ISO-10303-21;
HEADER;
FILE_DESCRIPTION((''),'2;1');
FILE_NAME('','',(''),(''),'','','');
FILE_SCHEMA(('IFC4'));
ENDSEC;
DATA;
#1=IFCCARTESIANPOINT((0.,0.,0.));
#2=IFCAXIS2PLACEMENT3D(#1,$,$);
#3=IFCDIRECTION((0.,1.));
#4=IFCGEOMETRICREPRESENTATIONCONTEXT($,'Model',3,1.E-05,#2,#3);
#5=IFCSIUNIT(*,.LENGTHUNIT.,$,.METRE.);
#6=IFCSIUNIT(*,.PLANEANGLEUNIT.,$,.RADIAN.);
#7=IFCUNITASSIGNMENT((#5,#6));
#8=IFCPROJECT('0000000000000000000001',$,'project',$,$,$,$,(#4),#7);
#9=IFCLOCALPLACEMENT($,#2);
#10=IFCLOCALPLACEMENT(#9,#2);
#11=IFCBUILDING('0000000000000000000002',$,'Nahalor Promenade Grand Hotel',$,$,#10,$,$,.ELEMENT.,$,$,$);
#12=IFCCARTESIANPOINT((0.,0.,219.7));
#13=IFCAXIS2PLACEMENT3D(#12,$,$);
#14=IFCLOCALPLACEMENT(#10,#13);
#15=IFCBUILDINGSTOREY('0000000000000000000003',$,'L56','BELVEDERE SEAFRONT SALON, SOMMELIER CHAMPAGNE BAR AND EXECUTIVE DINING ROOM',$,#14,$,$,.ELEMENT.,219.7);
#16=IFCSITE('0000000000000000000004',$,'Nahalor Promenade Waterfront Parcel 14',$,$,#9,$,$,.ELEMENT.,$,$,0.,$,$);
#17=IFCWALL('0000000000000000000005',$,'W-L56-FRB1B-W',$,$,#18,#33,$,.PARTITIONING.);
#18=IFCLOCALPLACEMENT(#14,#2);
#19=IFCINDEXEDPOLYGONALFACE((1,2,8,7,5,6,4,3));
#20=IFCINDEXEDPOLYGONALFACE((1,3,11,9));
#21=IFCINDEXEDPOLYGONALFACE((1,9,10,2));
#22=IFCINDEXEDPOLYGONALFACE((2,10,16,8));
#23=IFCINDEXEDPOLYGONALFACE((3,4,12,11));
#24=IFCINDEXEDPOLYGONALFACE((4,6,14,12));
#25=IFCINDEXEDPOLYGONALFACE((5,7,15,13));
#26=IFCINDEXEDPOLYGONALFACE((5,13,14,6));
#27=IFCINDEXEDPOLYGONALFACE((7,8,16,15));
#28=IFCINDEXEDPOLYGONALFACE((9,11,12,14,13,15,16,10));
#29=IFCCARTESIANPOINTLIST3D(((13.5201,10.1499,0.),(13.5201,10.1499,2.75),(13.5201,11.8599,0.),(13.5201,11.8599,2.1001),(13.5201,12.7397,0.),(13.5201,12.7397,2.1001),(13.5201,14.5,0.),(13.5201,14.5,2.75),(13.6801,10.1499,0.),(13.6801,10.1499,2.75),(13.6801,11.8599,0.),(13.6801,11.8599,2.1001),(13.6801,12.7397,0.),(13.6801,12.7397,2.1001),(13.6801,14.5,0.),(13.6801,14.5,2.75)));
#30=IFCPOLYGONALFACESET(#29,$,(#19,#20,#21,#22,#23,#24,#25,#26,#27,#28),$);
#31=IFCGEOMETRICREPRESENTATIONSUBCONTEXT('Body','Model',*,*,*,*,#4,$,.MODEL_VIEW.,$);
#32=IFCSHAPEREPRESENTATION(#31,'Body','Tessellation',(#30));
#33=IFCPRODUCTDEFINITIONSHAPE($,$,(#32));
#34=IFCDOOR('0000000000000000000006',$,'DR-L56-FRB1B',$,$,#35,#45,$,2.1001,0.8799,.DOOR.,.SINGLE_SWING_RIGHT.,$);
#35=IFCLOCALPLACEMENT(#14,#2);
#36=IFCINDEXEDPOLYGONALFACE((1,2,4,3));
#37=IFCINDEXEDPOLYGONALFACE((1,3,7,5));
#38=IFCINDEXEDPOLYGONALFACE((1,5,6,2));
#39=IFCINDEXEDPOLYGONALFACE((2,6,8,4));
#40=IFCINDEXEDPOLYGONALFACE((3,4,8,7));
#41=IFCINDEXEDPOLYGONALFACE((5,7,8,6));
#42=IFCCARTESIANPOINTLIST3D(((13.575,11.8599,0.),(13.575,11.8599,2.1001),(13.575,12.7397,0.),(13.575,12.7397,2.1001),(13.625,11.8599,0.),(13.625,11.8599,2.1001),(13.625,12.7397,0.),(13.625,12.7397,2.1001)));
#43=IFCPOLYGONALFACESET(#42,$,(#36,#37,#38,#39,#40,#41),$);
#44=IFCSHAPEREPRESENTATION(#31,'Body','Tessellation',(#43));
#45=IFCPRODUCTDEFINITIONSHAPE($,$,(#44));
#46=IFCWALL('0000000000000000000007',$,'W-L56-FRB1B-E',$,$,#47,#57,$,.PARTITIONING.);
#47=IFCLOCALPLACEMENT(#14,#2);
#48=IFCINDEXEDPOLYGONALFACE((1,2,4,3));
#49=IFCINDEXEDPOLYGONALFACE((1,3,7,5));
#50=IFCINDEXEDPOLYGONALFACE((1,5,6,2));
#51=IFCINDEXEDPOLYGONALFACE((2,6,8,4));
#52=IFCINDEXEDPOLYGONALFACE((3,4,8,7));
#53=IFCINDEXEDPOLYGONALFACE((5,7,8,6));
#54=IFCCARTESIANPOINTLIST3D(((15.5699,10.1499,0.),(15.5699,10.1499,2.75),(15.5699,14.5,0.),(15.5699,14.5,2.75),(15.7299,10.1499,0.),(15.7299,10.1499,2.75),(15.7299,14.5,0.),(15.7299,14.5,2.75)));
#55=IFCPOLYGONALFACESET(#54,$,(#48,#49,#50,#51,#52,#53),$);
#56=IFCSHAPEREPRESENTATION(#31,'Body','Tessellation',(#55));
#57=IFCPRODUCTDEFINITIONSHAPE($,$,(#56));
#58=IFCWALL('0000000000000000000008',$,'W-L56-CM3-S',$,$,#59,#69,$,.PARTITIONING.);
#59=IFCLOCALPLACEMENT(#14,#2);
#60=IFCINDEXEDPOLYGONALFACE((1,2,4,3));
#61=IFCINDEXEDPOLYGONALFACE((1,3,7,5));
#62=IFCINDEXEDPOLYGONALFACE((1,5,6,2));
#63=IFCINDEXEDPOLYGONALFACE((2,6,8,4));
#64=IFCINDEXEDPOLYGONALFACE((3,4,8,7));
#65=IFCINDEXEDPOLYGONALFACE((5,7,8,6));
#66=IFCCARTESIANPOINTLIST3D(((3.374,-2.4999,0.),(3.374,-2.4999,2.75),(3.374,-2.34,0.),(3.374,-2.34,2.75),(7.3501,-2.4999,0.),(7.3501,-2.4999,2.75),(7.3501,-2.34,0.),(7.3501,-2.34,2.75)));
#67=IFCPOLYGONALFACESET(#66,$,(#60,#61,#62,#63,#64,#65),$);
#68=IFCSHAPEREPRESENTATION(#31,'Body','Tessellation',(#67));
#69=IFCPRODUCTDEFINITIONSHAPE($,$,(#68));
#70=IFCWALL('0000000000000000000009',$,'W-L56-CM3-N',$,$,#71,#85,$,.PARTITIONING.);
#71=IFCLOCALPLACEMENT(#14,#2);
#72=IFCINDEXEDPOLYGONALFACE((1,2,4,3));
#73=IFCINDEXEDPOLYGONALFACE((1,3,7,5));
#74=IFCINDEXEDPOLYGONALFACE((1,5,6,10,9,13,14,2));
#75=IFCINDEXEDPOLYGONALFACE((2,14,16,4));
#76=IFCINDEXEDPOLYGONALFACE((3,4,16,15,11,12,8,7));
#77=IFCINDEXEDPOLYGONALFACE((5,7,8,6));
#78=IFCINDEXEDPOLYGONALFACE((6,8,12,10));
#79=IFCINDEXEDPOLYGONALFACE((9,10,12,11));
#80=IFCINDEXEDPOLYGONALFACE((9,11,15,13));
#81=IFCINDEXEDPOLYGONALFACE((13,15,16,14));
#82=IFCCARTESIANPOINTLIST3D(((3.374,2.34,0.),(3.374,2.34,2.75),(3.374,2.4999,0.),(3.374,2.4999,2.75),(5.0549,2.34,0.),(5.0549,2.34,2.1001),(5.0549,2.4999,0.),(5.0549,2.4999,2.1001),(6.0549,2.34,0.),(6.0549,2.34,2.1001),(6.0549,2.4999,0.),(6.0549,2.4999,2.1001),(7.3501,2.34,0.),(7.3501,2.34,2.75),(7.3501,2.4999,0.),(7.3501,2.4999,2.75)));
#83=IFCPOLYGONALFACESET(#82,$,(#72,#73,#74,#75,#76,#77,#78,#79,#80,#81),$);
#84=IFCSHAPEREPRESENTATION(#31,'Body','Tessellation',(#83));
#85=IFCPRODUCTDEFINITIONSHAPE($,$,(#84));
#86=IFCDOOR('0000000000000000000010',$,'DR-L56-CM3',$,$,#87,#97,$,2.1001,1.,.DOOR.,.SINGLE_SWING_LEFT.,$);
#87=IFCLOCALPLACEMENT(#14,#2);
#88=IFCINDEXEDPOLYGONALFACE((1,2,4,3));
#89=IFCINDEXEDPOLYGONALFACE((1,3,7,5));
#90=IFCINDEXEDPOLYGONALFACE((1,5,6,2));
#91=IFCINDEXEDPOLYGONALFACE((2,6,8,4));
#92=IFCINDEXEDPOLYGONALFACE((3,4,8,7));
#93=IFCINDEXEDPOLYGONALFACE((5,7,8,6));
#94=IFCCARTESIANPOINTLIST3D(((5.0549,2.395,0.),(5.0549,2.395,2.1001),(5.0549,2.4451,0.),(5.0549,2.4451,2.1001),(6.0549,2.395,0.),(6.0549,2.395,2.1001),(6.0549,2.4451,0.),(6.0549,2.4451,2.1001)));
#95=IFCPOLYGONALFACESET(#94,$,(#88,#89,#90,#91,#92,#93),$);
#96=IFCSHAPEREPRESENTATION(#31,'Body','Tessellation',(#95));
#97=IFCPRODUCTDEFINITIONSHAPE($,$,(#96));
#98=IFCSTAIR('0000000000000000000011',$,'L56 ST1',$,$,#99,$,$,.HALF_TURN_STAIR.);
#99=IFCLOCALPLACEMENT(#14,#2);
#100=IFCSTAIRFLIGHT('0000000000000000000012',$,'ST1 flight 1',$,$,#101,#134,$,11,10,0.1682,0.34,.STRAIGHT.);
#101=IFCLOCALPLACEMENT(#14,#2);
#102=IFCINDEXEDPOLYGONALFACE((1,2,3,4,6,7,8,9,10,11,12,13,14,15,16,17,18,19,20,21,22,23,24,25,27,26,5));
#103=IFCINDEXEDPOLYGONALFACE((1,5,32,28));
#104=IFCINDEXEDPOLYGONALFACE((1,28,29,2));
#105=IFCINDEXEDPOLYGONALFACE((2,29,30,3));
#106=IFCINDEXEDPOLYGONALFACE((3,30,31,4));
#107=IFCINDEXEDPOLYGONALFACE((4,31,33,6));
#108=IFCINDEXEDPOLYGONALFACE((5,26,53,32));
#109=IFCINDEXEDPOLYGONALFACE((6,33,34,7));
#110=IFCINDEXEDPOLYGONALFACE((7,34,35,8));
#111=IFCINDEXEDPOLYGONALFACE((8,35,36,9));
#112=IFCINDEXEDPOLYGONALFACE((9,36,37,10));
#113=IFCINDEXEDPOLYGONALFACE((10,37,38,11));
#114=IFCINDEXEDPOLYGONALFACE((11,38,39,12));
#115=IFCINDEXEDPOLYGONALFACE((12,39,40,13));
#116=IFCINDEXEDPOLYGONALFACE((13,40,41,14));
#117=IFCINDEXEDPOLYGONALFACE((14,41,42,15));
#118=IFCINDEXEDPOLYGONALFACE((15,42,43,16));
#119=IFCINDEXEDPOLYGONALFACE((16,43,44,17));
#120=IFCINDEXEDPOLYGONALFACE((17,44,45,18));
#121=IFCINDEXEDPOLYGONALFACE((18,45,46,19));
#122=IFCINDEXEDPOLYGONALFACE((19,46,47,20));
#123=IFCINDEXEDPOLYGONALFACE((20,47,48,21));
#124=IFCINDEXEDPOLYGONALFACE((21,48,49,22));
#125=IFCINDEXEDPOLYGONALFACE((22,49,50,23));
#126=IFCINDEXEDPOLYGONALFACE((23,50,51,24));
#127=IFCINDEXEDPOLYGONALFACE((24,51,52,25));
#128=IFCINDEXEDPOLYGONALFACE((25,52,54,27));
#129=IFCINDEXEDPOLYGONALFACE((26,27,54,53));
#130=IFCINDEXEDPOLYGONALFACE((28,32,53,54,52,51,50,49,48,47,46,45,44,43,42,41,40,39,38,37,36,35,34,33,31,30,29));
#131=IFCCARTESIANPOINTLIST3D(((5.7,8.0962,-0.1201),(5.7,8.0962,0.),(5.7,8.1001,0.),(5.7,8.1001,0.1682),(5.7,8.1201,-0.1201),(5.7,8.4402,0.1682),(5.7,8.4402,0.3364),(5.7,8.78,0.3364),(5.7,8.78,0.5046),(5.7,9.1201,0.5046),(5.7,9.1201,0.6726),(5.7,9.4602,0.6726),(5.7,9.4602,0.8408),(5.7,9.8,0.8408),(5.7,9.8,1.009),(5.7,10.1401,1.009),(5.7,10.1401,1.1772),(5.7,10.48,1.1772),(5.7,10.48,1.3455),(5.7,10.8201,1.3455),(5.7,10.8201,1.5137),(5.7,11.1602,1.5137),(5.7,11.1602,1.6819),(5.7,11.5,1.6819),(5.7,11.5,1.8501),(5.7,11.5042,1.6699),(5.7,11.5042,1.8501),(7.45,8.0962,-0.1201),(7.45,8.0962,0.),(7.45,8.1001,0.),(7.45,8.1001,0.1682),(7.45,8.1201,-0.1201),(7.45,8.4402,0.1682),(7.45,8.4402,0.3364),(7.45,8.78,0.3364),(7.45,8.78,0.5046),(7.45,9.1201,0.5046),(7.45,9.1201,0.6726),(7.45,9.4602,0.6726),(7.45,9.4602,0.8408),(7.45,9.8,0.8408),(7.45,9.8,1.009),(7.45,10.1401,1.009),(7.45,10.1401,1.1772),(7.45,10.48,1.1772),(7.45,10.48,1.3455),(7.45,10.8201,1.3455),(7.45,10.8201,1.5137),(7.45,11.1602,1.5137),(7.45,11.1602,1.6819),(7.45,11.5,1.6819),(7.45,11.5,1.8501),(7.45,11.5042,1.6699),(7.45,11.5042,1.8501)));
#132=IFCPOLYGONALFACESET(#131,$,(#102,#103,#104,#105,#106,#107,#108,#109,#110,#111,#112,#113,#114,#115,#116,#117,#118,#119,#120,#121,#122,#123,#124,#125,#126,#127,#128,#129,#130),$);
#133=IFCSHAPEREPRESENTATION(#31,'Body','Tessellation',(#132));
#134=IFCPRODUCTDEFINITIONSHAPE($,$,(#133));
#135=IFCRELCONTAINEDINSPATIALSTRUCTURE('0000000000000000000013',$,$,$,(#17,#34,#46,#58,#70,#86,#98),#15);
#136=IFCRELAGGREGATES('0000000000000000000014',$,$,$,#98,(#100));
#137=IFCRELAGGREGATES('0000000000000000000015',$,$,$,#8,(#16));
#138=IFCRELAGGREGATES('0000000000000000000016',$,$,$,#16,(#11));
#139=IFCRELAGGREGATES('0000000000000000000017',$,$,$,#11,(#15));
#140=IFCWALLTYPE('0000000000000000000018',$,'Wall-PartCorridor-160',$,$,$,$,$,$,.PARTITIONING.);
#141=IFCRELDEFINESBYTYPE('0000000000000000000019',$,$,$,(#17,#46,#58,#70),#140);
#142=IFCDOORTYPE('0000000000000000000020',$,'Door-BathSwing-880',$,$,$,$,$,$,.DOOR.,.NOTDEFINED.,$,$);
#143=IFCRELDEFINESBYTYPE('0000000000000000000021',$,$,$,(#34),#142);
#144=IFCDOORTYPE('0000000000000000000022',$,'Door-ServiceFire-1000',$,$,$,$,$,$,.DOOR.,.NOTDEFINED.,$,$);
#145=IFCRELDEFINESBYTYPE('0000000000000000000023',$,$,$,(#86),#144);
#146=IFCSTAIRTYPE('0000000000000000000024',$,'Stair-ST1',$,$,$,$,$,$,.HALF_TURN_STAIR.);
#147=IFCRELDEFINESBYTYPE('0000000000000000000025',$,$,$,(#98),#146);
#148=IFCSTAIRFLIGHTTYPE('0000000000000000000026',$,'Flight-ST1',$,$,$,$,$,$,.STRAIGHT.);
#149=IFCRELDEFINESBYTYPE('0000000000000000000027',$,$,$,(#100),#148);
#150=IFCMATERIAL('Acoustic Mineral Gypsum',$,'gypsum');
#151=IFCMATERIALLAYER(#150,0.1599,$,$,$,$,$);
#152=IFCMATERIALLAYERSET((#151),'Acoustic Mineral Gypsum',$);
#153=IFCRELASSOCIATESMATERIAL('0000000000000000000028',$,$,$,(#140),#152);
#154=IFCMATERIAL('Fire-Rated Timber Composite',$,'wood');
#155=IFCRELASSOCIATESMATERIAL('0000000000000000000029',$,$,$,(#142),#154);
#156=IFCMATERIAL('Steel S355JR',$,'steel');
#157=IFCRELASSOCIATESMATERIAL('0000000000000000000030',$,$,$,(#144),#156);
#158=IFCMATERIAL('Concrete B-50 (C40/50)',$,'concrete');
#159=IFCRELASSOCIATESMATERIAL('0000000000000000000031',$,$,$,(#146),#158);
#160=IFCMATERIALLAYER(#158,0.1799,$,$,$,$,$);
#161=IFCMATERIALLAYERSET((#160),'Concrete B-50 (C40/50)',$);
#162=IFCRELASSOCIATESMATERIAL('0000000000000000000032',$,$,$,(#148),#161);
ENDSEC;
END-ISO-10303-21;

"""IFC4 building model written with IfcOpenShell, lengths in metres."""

from ifc_helpers import new_model, si_unit, direction, frame, frame_2d, origin, place, context, subcontext, project, spatial, polyline, rectangle, outline, extrude, source, transform, mapped, material, layer, layer_set, type_object, element, fill, aggregate, save


model = new_model("IFC4")

# Units and contexts
model_context = context("Model", 3, precision=1e-05, world=origin(), true_north=direction((0.0, 1.0)))
body_context = subcontext(model_context, "Body", "Model", "MODEL_VIEW")
ifc_project = project(units=[si_unit("LENGTHUNIT", "METRE"), si_unit("PLANEANGLEUNIT", "RADIAN")], contexts=[model_context])

# Site, building, storey
site_placement = place(None, origin())
site = spatial("IfcSite", under=ifc_project, at=site_placement, Name="Nahalor Promenade Waterfront Parcel 14", CompositionType="ELEMENT", RefElevation=0.0)
building_placement = place(site_placement, origin())
building = spatial("IfcBuilding", under=site, at=building_placement, Name="Nahalor Promenade Grand Hotel", CompositionType="ELEMENT")
storey_placement = place(building_placement, frame((0.0, 0.0, 219.7)))
storey = spatial("IfcBuildingStorey", under=building, at=storey_placement, Name="L56", Description="BELVEDERE SEAFRONT SALON, SOMMELIER CHAMPAGNE BAR AND EXECUTIVE DINING ROOM", CompositionType="ELEMENT", Elevation=219.7)

# Shared definitions
ifc_material_1 = material(Name="Steel S355JR", Category="steel")

# Shared definitions
ifc_material_2 = material(Name="Concrete B-50 (C40/50)", Category="concrete")

# Shared definitions
ifc_material_3 = material(Name="Acoustic Mineral Gypsum", Category="gypsum")
ifc_layer_1 = layer(ifc_material_3, 0.1599)
ifc_layer_set_1 = layer_set([ifc_layer_1], Name="Acoustic Mineral Gypsum")
wall_type_1 = type_object("IfcWallType", Name="Wall-PartCorridor-160", PredefinedType="PARTITIONING", material=ifc_layer_set_1)

# Shared definitions
ifc_material_4 = material(Name="Fire-Rated Timber Composite", Category="wood")
door_type_1 = type_object("IfcDoorType", Name="Door-BathSwing-880", OperationType="NOTDEFINED", PredefinedType="DOOR", material=ifc_material_4)
shared_shape_1 = source(origin(), body_context, "Body", "SweptSolid", [
    extrude(rectangle(XDim=0.8799, YDim=2.1001, at=frame_2d((0.4399, 1.05))), frame((0.0, 0.0249, 0.0), z_axis=(0.0, -1.0, 0.0), x_axis=(1.0, 0.0, 0.0)), (0.0, 0.0, 1.0), 0.05),
])

# Wall, opening, door
shared_shape_2 = source(origin(), body_context, "Body", "SweptSolid", [
    extrude(rectangle(XDim=4.3501, YDim=0.1599, at=frame_2d((2.175, 0.0))), origin(), (0.0, 0.0, 1.0), 2.75),
])
wall_1_placement = place(storey_placement, frame((13.6001, 10.1499, 0.0), z_axis=(0.0, 0.0, 1.0), x_axis=(0.0, 1.0, 0.0)))
wall_1 = element("IfcWall", 1, at=wall_1_placement, inside=storey, type_object=wall_type_1, Name="W-L56-FRB1B-W", PredefinedType="PARTITIONING", context=body_context, shape_type="MappedRepresentation", body=[
    mapped(shared_shape_2, transform((0.0, 0.0, 0.0), scale=1.0)),
])
opening_1_placement = place(wall_1_placement, frame((1.71, 0.0, 0.0)))
opening_1 = element("IfcOpeningElement", 2, at=opening_1_placement, cuts=wall_1, PredefinedType="OPENING", context=body_context, shape_type="SweptSolid", body=[
    extrude(rectangle(XDim=0.8799, YDim=2.1001, at=frame_2d((0.4399, 1.05))), frame((0.0, 0.0898, 0.0), z_axis=(0.0, -1.0, 0.0), x_axis=(1.0, 0.0, 0.0)), (0.0, 0.0, 1.0), 0.1799),
])
door_1_placement = place(opening_1_placement, frame((0.8799, 0.0, 0.0), z_axis=(0.0, 0.0, 1.0), x_axis=(-1.0, 0.0, 0.0)))
door_1 = element("IfcDoor", 3, at=door_1_placement, inside=storey, type_object=door_type_1, Name="DR-L56-FRB1B", OperationType="SINGLE_SWING_RIGHT", OverallHeight=2.1001, OverallWidth=0.8799, PredefinedType="DOOR", context=body_context, shape_type="MappedRepresentation", body=[
    mapped(shared_shape_1, transform((0.0, 0.0, 0.0), scale=1.0)),
])
fill(opening_1, door_1)

# Walls
wall_2_placement = place(storey_placement, frame((15.6499, 10.1499, 0.0), z_axis=(0.0, 0.0, 1.0), x_axis=(0.0, 1.0, 0.0)))
element("IfcWall", 4, at=wall_2_placement, inside=storey, type_object=wall_type_1, Name="W-L56-FRB1B-E", PredefinedType="PARTITIONING", context=body_context, shape_type="MappedRepresentation", body=[
    mapped(shared_shape_2, transform((0.0, 0.0, 0.0), scale=1.0)),
])
shared_shape_3 = source(origin(), body_context, "Body", "SweptSolid", [
    extrude(rectangle(XDim=3.9761, YDim=0.1599, at=frame_2d((1.988, 0.0))), origin(), (0.0, 0.0, 1.0), 2.75),
])
wall_3_placement = place(storey_placement, frame((3.374, -2.4199, 0.0), z_axis=(0.0, 0.0, 1.0), x_axis=(1.0, 0.0, 0.0)))
element("IfcWall", 5, at=wall_3_placement, inside=storey, type_object=wall_type_1, Name="W-L56-CM3-S", PredefinedType="PARTITIONING", context=body_context, shape_type="MappedRepresentation", body=[
    mapped(shared_shape_3, transform((0.0, 0.0, 0.0), scale=1.0)),
])

# Wall, opening, door
wall_4_placement = place(storey_placement, frame((3.374, 2.4199, 0.0), z_axis=(0.0, 0.0, 1.0), x_axis=(1.0, 0.0, 0.0)))
wall_4 = element("IfcWall", 6, at=wall_4_placement, inside=storey, type_object=wall_type_1, Name="W-L56-CM3-N", PredefinedType="PARTITIONING", context=body_context, shape_type="MappedRepresentation", body=[
    mapped(shared_shape_3, transform((0.0, 0.0, 0.0), scale=1.0)),
])
opening_2_placement = place(wall_4_placement, frame((1.6809, 0.0, 0.0)))
opening_2 = element("IfcOpeningElement", 7, at=opening_2_placement, cuts=wall_4, PredefinedType="OPENING", context=body_context, shape_type="SweptSolid", body=[
    extrude(rectangle(XDim=1.0, YDim=2.1001, at=frame_2d((0.5, 1.05))), frame((0.0, 0.0898, 0.0), z_axis=(0.0, -1.0, 0.0), x_axis=(1.0, 0.0, 0.0)), (0.0, 0.0, 1.0), 0.1799),
])
door_type_2 = type_object("IfcDoorType", Name="Door-ServiceFire-1000", OperationType="NOTDEFINED", PredefinedType="DOOR", material=ifc_material_1)
shared_shape_4 = source(origin(), body_context, "Body", "SweptSolid", [
    extrude(rectangle(XDim=1.0, YDim=2.1001, at=frame_2d((0.5, 1.05))), frame((0.0, 0.0249, 0.0), z_axis=(0.0, -1.0, 0.0), x_axis=(1.0, 0.0, 0.0)), (0.0, 0.0, 1.0), 0.05),
])
door_2_placement = place(opening_2_placement, frame((1.0, 0.0, 0.0), z_axis=(0.0, 0.0, 1.0), x_axis=(-1.0, 0.0, 0.0)))
door_2 = element("IfcDoor", 8, at=door_2_placement, inside=storey, type_object=door_type_2, Name="DR-L56-CM3", OperationType="SINGLE_SWING_LEFT", OverallHeight=2.1001, OverallWidth=1.0, PredefinedType="DOOR", context=body_context, shape_type="MappedRepresentation", body=[
    mapped(shared_shape_4, transform((0.0, 0.0, 0.0), scale=1.0)),
])
fill(opening_2, door_2)

# Stair, stair flight
stair_type = type_object("IfcStairType", Name="Stair-ST1", PredefinedType="HALF_TURN_STAIR", material=ifc_material_2)
stair_placement = place(storey_placement, origin())
stair = element("IfcStair", 9, at=stair_placement, inside=storey, type_object=stair_type, Name="L56 ST1", PredefinedType="HALF_TURN_STAIR")
ifc_layer_2 = layer(ifc_material_2, 0.1799)
ifc_layer_set_2 = layer_set([ifc_layer_2], Name="Concrete B-50 (C40/50)")
stair_flight_type = type_object("IfcStairFlightType", Name="Flight-ST1", PredefinedType="STRAIGHT", material=ifc_layer_set_2)
shared_shape_5 = source(origin(), body_context, "Body", "SweptSolid", [
    extrude(outline(polyline([(-0.0039, -0.1201), (-0.0039, 0.0), (0.0, 0.0), (0.0, 0.1682), (0.3401, 0.1682), (0.3401, 0.3364), (0.6799, 0.3364), (0.6799, 0.5046), (1.02, 0.5046), (1.02, 0.6726), (1.3601, 0.6726), (1.3601, 0.8408), (1.7, 0.8408), (1.7, 1.009), (2.04, 1.009), (2.04, 1.1772), (2.3799, 1.1772), (2.3799, 1.3455), (2.72, 1.3455), (2.72, 1.5137), (3.0601, 1.5137), (3.0601, 1.6819), (3.3999, 1.6819), (3.3999, 1.8501), (3.4041, 1.8501), (3.4041, 1.6699), (0.02, -0.1201), (-0.0039, -0.1201)])), frame((0.0, 0.875, 0.0), z_axis=(0.0, -1.0, 0.0), x_axis=(1.0, 0.0, 0.0)), (0.0, 0.0, 1.0), 1.75),
])
stair_flight_placement = place(storey_placement, frame((6.575, 8.1001, 0.0), z_axis=(0.0, 0.0, 1.0), x_axis=(0.0, 1.0, 0.0)))
stair_flight = element("IfcStairFlight", 10, at=stair_flight_placement, type_object=stair_flight_type, Name="ST1 flight 1", NumberOfRisers=11, NumberOfTreads=10, PredefinedType="STRAIGHT", RiserHeight=0.1682, TreadLength=0.34, context=body_context, shape_type="MappedRepresentation", body=[
    mapped(shared_shape_5, transform((0.0, 0.0, 0.0), scale=1.0)),
])
aggregate(stair, [stair_flight])

save(model, "model.ifc")
